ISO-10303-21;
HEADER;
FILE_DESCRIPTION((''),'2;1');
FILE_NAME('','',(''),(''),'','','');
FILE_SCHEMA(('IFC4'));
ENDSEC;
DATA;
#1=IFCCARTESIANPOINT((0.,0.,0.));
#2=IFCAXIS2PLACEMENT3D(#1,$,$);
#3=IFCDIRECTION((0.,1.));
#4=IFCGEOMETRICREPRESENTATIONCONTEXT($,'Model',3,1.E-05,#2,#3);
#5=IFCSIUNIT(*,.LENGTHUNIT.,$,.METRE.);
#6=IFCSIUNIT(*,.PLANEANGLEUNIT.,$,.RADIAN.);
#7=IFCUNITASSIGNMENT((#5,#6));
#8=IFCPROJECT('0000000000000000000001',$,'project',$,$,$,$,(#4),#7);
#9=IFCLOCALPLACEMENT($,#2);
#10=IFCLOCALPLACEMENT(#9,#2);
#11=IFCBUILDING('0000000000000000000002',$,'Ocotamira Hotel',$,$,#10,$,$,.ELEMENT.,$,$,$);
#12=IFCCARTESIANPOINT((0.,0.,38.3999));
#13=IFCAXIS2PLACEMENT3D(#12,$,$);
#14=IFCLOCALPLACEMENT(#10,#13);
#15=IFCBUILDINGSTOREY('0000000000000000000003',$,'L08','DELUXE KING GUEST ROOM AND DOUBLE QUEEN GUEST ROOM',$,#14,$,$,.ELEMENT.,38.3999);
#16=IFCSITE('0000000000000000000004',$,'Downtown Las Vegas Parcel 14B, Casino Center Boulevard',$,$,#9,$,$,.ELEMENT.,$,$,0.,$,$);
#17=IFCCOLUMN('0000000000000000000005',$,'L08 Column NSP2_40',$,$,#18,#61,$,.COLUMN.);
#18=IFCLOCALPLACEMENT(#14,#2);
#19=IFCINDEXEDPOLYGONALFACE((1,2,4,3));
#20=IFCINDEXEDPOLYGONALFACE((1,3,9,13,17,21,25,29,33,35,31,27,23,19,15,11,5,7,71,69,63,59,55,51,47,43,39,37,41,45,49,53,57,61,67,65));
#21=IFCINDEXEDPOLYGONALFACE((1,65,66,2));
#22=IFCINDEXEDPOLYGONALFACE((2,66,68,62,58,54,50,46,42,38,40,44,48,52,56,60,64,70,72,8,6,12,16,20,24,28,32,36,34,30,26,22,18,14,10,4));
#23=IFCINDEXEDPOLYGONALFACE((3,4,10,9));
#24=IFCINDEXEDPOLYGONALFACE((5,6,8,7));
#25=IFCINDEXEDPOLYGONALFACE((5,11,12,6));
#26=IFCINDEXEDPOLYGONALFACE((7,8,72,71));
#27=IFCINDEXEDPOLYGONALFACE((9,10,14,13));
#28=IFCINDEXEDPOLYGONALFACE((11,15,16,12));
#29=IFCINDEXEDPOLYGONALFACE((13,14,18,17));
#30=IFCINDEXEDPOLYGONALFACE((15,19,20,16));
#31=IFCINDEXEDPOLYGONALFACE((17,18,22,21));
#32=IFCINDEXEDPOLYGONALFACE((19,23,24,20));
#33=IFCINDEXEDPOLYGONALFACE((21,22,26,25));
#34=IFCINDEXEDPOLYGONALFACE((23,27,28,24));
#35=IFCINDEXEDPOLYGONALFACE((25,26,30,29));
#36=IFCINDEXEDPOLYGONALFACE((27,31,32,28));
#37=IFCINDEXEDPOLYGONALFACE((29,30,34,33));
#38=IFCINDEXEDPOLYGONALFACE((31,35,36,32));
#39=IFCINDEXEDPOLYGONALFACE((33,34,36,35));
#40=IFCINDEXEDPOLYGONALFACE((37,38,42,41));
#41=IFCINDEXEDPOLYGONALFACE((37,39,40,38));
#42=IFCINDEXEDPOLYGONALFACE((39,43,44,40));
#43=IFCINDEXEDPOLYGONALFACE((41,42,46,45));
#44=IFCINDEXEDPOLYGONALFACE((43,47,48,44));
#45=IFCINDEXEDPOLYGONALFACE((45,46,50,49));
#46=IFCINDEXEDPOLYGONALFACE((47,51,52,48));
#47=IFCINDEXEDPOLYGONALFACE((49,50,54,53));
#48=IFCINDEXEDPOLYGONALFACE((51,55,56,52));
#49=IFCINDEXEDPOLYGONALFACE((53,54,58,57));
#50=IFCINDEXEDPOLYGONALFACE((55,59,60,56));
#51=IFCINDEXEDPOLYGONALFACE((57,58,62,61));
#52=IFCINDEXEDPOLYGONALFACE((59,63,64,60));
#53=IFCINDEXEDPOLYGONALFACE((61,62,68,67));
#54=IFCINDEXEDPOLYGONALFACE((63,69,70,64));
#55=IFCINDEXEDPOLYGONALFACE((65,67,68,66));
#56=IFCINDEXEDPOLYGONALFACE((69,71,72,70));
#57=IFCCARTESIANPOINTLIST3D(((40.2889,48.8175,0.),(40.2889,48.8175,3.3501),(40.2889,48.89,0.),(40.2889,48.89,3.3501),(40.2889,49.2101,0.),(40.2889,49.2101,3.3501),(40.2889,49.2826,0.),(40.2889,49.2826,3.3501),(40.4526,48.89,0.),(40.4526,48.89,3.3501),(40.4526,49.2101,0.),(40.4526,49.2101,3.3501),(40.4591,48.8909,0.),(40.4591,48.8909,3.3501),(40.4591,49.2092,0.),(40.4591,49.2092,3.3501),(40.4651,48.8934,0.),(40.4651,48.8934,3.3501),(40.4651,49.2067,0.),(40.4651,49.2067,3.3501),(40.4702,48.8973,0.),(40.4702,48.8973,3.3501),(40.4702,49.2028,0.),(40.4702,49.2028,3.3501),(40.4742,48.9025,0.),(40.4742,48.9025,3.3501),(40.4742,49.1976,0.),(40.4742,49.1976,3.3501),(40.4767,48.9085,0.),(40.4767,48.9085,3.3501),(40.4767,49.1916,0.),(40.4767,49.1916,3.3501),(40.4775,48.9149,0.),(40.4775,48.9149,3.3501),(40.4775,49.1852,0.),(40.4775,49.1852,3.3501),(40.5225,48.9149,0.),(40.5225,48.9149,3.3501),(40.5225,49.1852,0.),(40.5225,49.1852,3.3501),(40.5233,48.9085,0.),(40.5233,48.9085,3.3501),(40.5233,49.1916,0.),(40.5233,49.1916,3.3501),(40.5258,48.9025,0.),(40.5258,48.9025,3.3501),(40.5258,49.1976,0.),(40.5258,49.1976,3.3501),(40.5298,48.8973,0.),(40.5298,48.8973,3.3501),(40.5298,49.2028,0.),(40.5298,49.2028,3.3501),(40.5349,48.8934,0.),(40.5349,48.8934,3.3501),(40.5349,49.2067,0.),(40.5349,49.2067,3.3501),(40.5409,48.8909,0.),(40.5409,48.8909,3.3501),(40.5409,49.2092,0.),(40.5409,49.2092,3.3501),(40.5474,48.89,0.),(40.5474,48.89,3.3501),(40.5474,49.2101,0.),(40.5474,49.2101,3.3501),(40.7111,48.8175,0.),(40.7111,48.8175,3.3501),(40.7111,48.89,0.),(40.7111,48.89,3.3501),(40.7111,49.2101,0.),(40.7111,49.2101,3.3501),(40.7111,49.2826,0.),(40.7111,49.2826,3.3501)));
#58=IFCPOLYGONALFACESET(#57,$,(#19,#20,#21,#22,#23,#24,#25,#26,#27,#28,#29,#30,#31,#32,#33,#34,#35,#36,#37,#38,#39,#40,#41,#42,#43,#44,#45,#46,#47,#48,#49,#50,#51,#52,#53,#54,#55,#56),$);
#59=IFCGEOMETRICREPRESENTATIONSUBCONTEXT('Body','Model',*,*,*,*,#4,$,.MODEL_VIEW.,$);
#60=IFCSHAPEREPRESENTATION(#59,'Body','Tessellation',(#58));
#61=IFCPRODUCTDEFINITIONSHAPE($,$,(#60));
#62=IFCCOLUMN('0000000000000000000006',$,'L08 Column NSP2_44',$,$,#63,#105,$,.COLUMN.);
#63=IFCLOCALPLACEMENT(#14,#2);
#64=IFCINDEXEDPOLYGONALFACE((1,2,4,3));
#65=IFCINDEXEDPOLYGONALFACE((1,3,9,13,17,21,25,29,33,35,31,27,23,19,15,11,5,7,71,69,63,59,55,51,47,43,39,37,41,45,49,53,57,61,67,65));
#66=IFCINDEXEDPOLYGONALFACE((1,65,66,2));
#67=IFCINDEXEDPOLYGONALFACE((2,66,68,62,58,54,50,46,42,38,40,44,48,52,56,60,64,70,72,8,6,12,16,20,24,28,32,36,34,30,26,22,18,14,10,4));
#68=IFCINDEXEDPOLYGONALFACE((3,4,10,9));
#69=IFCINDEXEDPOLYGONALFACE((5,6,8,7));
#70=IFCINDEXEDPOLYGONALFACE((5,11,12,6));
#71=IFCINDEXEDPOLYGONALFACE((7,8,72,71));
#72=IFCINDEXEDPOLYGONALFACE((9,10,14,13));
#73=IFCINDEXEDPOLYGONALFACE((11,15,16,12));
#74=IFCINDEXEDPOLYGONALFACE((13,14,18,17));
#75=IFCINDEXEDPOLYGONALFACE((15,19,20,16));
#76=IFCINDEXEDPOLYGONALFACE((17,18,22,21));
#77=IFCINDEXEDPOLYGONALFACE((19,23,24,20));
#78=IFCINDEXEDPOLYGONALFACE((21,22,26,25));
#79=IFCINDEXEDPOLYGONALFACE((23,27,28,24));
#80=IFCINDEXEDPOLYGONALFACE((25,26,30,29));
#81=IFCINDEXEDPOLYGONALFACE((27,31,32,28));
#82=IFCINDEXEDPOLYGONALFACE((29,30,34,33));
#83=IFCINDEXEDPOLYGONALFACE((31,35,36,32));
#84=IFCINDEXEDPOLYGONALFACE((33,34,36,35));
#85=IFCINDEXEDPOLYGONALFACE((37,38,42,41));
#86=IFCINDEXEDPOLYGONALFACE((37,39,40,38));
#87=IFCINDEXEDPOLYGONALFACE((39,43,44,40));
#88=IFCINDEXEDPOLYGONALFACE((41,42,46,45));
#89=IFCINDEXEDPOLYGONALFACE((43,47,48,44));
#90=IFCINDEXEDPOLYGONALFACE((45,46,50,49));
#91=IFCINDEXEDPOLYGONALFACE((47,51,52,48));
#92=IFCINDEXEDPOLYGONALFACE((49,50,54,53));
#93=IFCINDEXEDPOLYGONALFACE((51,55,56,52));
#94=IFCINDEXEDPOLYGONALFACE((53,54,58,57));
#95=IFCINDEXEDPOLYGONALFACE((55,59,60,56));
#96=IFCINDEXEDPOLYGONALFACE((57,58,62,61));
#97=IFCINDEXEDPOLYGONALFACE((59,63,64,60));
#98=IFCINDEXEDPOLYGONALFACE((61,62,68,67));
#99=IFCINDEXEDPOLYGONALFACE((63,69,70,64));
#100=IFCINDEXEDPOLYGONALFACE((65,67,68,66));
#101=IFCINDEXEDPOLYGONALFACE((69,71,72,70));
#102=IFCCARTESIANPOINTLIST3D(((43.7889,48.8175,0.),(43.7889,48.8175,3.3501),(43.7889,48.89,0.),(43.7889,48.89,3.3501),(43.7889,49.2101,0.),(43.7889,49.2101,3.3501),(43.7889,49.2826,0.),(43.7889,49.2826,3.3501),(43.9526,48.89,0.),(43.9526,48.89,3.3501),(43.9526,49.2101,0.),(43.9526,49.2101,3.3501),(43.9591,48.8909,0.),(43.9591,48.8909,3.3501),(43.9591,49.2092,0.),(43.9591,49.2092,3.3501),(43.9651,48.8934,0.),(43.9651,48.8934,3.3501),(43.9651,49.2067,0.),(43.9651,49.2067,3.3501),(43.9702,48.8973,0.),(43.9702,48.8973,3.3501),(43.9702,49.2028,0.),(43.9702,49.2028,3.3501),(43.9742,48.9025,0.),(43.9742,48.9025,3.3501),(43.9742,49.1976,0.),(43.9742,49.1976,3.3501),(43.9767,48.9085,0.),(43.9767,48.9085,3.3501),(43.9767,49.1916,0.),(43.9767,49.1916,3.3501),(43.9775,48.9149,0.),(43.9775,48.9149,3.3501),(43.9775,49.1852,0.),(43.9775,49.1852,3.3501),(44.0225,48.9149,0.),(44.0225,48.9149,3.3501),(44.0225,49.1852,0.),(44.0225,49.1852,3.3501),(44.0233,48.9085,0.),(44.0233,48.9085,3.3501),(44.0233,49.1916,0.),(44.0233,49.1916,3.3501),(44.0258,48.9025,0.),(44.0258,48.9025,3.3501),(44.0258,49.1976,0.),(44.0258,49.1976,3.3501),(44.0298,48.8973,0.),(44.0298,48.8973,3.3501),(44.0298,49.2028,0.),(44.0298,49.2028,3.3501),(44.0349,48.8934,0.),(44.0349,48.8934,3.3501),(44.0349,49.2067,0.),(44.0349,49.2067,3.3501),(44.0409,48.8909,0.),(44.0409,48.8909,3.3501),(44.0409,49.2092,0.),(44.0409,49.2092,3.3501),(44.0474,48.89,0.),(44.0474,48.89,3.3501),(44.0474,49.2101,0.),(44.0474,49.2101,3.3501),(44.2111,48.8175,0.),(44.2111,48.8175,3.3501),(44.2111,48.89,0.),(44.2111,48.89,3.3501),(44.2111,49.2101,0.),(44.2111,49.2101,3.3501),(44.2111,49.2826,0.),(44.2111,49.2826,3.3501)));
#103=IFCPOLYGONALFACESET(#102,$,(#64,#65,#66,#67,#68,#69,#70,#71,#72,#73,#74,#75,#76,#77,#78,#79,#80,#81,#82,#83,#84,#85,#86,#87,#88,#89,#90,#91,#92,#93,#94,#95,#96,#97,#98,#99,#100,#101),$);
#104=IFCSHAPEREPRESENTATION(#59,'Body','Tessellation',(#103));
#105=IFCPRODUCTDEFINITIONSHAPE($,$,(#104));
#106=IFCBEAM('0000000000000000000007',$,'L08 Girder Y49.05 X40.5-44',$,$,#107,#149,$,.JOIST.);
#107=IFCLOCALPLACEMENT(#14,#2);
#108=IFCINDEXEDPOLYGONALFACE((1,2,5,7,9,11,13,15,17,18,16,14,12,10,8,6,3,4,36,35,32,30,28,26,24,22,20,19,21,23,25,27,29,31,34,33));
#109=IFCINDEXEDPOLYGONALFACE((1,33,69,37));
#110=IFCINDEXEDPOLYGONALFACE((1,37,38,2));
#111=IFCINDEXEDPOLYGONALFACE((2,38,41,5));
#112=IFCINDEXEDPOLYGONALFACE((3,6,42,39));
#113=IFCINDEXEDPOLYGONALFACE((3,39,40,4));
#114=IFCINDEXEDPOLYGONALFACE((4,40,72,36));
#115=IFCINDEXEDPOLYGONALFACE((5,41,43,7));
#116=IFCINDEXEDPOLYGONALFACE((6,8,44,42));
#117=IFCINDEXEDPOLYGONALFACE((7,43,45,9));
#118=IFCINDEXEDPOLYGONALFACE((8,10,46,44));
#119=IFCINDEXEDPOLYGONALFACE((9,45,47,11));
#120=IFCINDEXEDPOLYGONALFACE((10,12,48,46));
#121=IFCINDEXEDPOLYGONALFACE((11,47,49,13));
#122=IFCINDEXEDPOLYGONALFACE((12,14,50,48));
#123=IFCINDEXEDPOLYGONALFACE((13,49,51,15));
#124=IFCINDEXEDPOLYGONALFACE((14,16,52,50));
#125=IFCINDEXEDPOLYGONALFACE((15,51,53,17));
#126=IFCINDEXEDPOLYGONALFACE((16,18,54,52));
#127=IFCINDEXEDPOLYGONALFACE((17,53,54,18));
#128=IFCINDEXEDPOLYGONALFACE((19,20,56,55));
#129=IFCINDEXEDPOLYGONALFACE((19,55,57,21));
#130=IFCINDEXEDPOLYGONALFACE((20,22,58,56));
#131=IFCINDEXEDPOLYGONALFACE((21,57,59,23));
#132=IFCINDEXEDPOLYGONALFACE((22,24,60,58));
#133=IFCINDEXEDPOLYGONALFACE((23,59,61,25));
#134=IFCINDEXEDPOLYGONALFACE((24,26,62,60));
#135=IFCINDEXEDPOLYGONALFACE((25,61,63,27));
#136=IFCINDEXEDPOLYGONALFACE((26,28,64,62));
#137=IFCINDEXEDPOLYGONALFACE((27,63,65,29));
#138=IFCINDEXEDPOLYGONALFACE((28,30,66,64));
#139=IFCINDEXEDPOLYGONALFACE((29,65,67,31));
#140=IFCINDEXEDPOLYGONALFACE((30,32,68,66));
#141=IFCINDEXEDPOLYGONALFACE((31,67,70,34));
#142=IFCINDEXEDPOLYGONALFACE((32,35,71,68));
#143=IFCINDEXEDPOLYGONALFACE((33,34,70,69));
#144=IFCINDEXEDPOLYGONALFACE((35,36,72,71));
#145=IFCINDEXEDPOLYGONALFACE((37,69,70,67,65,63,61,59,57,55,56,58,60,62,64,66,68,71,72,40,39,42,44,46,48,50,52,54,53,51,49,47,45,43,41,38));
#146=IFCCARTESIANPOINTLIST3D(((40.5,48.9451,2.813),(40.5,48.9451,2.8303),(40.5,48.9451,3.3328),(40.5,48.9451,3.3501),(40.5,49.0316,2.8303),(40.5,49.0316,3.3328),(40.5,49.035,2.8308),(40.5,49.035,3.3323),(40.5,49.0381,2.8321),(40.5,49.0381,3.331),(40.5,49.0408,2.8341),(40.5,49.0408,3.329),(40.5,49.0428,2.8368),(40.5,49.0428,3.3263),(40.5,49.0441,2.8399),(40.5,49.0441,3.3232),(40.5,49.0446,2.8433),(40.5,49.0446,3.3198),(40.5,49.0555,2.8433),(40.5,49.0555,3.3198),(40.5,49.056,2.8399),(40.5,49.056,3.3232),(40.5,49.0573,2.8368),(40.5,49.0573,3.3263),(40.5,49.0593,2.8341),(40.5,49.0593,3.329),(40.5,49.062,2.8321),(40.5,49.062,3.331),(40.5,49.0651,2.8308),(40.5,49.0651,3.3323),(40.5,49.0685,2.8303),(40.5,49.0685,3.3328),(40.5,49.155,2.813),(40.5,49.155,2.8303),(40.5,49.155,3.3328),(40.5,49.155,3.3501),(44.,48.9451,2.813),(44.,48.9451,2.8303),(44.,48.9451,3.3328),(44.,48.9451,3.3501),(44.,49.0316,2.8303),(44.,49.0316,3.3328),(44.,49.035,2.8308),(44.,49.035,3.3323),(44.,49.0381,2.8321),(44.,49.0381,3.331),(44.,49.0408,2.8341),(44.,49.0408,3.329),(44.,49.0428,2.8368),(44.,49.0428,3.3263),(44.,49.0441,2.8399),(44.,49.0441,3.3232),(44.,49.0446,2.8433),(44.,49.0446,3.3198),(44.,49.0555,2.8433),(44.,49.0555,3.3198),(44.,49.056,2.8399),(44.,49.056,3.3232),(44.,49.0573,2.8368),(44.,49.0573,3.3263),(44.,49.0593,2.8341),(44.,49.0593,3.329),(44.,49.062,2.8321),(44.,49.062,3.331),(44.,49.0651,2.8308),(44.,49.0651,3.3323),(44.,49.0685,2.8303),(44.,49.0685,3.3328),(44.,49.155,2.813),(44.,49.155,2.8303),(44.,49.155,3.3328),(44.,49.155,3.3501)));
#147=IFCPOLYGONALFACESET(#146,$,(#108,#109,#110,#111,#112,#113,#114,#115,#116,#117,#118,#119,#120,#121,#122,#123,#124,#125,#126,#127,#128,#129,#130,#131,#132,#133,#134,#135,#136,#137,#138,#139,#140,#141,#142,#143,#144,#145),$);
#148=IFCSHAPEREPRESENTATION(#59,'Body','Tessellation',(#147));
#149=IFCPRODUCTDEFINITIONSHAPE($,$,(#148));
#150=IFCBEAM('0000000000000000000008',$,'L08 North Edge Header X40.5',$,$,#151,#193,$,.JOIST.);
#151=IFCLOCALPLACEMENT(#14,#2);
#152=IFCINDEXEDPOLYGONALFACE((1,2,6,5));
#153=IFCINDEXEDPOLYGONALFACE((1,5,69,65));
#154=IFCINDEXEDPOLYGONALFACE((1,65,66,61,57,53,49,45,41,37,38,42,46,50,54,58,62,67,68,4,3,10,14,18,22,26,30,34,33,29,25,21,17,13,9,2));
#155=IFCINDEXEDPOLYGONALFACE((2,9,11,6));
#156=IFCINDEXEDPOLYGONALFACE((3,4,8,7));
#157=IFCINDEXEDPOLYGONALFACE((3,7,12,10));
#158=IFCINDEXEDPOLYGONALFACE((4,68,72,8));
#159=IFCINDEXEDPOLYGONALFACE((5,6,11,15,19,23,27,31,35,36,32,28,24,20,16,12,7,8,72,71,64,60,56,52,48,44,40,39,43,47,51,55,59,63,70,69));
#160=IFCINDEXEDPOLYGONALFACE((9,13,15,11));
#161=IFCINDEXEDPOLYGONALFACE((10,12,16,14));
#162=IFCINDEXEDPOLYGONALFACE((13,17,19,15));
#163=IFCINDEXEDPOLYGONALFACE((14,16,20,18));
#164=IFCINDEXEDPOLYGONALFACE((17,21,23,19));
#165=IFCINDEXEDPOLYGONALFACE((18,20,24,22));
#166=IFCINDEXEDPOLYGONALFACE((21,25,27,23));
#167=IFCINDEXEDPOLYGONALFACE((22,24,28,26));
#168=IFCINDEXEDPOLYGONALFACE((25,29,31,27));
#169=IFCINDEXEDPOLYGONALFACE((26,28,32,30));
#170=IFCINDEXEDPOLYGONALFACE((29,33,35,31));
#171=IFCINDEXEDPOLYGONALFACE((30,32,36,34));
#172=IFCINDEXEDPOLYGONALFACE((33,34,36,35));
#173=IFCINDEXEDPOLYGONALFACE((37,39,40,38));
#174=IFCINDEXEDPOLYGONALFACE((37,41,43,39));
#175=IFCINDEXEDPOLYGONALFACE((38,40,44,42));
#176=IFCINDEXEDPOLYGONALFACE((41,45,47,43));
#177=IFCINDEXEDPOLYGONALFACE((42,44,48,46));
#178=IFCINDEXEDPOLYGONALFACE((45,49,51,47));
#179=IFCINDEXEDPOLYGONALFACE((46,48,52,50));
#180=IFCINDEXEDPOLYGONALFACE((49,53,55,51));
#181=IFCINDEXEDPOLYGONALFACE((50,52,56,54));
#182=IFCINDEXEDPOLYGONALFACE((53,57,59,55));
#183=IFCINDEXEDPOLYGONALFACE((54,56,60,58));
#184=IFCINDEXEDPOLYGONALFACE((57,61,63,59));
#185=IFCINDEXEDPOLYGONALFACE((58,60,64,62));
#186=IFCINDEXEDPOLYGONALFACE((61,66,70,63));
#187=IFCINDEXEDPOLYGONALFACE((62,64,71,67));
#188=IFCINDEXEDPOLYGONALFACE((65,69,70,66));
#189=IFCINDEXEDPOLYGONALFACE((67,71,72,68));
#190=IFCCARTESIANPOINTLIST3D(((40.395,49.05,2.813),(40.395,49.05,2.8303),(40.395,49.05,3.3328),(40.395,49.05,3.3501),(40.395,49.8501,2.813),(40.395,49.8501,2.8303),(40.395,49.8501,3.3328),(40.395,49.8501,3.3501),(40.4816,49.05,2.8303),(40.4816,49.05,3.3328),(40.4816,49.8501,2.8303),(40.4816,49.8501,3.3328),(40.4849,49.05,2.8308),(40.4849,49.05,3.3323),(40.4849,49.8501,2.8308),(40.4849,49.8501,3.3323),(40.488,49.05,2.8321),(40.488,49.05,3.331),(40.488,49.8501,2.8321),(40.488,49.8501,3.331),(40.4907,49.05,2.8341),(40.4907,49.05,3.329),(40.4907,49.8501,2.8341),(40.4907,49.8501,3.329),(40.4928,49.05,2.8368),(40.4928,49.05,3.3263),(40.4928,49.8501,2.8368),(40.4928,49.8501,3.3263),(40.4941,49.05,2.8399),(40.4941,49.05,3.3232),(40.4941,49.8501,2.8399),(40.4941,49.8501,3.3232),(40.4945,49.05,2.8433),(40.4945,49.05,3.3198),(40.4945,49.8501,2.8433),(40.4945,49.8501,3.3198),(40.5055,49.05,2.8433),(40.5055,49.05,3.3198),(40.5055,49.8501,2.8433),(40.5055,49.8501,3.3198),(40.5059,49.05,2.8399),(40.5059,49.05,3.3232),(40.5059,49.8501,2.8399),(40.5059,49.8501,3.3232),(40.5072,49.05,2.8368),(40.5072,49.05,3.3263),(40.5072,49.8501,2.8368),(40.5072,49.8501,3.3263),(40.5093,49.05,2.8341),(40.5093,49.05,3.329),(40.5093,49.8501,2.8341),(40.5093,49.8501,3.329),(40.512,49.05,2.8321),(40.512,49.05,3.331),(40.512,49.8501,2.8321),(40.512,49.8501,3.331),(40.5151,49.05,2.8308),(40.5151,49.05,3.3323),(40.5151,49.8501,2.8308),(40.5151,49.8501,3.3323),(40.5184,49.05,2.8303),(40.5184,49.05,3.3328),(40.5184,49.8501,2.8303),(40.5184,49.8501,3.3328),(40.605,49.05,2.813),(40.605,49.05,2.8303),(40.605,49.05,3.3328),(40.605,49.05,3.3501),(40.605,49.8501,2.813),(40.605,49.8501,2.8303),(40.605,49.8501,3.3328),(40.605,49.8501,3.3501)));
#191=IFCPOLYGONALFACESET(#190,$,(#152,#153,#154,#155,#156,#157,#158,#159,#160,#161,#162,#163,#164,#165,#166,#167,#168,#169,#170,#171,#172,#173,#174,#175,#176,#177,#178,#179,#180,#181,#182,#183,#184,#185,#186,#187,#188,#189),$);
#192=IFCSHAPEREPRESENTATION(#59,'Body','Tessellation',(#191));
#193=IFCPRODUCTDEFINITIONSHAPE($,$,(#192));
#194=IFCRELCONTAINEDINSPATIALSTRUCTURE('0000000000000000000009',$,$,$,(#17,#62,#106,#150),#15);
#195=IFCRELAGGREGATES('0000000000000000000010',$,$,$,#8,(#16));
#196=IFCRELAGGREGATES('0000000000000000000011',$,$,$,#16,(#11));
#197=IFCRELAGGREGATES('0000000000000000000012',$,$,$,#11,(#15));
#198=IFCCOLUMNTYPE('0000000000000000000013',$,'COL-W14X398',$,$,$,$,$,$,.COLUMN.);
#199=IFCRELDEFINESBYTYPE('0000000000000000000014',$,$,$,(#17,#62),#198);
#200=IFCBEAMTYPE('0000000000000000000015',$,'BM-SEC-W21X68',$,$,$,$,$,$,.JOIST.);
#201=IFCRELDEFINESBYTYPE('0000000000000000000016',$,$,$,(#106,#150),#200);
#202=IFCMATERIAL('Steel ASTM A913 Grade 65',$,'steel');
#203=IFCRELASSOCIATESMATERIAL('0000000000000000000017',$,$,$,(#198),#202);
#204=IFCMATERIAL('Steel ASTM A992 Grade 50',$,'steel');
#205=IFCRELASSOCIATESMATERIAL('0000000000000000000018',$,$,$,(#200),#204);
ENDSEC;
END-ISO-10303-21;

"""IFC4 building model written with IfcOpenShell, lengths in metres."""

from ifc_helpers import new_model, si_unit, direction, frame, origin, origin_2d, place, context, subcontext, project, spatial, i_section, extrude, source, transform, mapped, material, material_profile, profile_set, type_object, element, save


model = new_model("IFC4")

# Units and contexts
model_context = context("Model", 3, precision=1e-05, world=origin(), true_north=direction((0.0, 1.0)))
body_context = subcontext(model_context, "Body", "Model", "MODEL_VIEW")
ifc_project = project(units=[si_unit("LENGTHUNIT", "METRE"), si_unit("PLANEANGLEUNIT", "RADIAN")], contexts=[model_context])

# Site, building, storey
site_placement = place(None, origin())
site = spatial("IfcSite", under=ifc_project, at=site_placement, Name="Downtown Las Vegas Parcel 14B, Casino Center Boulevard", CompositionType="ELEMENT", RefElevation=0.0)
building_placement = place(site_placement, origin())
building = spatial("IfcBuilding", under=site, at=building_placement, Name="Ocotamira Hotel", CompositionType="ELEMENT")
storey_placement = place(building_placement, frame((0.0, 0.0, 38.3999)))
storey = spatial("IfcBuildingStorey", under=building, at=storey_placement, Name="L08", Description="DELUXE KING GUEST ROOM AND DOUBLE QUEEN GUEST ROOM", CompositionType="ELEMENT", Elevation=38.3999)

# Columns
ifc_material_1 = material(Name="Steel ASTM A913 Grade 65", Category="steel")
ifc_material_profile_1 = material_profile(ifc_material_1, i_section(OverallWidth=0.4221, OverallDepth=0.4651, WebThickness=0.0449, FlangeThickness=0.0725, FilletRadius=0.0249, at=origin_2d()), Name="W14X398")
ifc_profile_set_1 = profile_set([ifc_material_profile_1], Name="Steel ASTM A913 Grade 65")
column_type = type_object("IfcColumnType", Name="COL-W14X398", PredefinedType="COLUMN", material=ifc_profile_set_1)
shared_shape_1 = source(origin(), body_context, "Body", "SweptSolid", [
    extrude(i_section(OverallWidth=0.4221, OverallDepth=0.4651, WebThickness=0.0449, FlangeThickness=0.0725, FilletRadius=0.0249, at=origin_2d()), origin(), (0.0, 0.0, 1.0), 3.3501),
])
for number, where, z_axis, x_axis, name in (
    (1, (40.5, 49.05, 0.0), (0.0, 0.0, 1.0), (1.0, 0.0, 0.0), "L08 Column NSP2_40"),
    (2, (44.0, 49.05, 0.0), (0.0, 0.0, 1.0), (1.0, 0.0, 0.0), "L08 Column NSP2_44"),
):
    element("IfcColumn", number, at=place(storey_placement, frame(where, z_axis=z_axis, x_axis=x_axis)), inside=storey, type_object=column_type, Name=name, PredefinedType="COLUMN", context=body_context, shape_type="MappedRepresentation", body=[
        mapped(shared_shape_1, transform((0.0, 0.0, 0.0), scale=1.0)),
    ])

# Beams
ifc_material_2 = material(Name="Steel ASTM A992 Grade 50", Category="steel")
ifc_material_profile_2 = material_profile(ifc_material_2, i_section(OverallWidth=0.21, OverallDepth=0.5371, WebThickness=0.011, FlangeThickness=0.0173, FilletRadius=0.0129, at=origin_2d()), Name="W21X68")
ifc_profile_set_2 = profile_set([ifc_material_profile_2], Name="Steel ASTM A992 Grade 50")
beam_type_1 = type_object("IfcBeamType", Name="BM-SEC-W21X68", PredefinedType="JOIST", material=ifc_profile_set_2)
shared_shape_2 = source(origin(), body_context, "Body", "SweptSolid", [
    extrude(i_section(OverallWidth=0.21, OverallDepth=0.5371, WebThickness=0.011, FlangeThickness=0.0173, FilletRadius=0.0129, at=origin_2d()), origin(), (0.0, 0.0, 1.0), 3.5),
])
beam_1_placement = place(storey_placement, frame((40.5, 49.05, 3.0815), z_axis=(1.0, 0.0, 0.0), x_axis=(0.0, 1.0, 0.0)))
element("IfcBeam", 3, at=beam_1_placement, inside=storey, type_object=beam_type_1, Name="L08 Girder Y49.05 X40.5-44", PredefinedType="JOIST", context=body_context, shape_type="MappedRepresentation", body=[
    mapped(shared_shape_2, transform((0.0, 0.0, 0.0), scale=1.0)),
])
shared_shape_3 = source(origin(), body_context, "Body", "SweptSolid", [
    extrude(i_section(OverallWidth=0.21, OverallDepth=0.5371, WebThickness=0.011, FlangeThickness=0.0173, FilletRadius=0.0129, at=origin_2d()), origin(), (0.0, 0.0, 1.0), 0.8),
])
beam_2_placement = place(storey_placement, frame((40.5, 49.05, 3.0815), z_axis=(0.0, 1.0, 0.0), x_axis=(-1.0, 0.0, 0.0)))
element("IfcBeam", 4, at=beam_2_placement, inside=storey, type_object=beam_type_1, Name="L08 North Edge Header X40.5", PredefinedType="JOIST", context=body_context, shape_type="MappedRepresentation", body=[
    mapped(shared_shape_3, transform((0.0, 0.0, 0.0), scale=1.0)),
])

save(model, "model.ifc")
